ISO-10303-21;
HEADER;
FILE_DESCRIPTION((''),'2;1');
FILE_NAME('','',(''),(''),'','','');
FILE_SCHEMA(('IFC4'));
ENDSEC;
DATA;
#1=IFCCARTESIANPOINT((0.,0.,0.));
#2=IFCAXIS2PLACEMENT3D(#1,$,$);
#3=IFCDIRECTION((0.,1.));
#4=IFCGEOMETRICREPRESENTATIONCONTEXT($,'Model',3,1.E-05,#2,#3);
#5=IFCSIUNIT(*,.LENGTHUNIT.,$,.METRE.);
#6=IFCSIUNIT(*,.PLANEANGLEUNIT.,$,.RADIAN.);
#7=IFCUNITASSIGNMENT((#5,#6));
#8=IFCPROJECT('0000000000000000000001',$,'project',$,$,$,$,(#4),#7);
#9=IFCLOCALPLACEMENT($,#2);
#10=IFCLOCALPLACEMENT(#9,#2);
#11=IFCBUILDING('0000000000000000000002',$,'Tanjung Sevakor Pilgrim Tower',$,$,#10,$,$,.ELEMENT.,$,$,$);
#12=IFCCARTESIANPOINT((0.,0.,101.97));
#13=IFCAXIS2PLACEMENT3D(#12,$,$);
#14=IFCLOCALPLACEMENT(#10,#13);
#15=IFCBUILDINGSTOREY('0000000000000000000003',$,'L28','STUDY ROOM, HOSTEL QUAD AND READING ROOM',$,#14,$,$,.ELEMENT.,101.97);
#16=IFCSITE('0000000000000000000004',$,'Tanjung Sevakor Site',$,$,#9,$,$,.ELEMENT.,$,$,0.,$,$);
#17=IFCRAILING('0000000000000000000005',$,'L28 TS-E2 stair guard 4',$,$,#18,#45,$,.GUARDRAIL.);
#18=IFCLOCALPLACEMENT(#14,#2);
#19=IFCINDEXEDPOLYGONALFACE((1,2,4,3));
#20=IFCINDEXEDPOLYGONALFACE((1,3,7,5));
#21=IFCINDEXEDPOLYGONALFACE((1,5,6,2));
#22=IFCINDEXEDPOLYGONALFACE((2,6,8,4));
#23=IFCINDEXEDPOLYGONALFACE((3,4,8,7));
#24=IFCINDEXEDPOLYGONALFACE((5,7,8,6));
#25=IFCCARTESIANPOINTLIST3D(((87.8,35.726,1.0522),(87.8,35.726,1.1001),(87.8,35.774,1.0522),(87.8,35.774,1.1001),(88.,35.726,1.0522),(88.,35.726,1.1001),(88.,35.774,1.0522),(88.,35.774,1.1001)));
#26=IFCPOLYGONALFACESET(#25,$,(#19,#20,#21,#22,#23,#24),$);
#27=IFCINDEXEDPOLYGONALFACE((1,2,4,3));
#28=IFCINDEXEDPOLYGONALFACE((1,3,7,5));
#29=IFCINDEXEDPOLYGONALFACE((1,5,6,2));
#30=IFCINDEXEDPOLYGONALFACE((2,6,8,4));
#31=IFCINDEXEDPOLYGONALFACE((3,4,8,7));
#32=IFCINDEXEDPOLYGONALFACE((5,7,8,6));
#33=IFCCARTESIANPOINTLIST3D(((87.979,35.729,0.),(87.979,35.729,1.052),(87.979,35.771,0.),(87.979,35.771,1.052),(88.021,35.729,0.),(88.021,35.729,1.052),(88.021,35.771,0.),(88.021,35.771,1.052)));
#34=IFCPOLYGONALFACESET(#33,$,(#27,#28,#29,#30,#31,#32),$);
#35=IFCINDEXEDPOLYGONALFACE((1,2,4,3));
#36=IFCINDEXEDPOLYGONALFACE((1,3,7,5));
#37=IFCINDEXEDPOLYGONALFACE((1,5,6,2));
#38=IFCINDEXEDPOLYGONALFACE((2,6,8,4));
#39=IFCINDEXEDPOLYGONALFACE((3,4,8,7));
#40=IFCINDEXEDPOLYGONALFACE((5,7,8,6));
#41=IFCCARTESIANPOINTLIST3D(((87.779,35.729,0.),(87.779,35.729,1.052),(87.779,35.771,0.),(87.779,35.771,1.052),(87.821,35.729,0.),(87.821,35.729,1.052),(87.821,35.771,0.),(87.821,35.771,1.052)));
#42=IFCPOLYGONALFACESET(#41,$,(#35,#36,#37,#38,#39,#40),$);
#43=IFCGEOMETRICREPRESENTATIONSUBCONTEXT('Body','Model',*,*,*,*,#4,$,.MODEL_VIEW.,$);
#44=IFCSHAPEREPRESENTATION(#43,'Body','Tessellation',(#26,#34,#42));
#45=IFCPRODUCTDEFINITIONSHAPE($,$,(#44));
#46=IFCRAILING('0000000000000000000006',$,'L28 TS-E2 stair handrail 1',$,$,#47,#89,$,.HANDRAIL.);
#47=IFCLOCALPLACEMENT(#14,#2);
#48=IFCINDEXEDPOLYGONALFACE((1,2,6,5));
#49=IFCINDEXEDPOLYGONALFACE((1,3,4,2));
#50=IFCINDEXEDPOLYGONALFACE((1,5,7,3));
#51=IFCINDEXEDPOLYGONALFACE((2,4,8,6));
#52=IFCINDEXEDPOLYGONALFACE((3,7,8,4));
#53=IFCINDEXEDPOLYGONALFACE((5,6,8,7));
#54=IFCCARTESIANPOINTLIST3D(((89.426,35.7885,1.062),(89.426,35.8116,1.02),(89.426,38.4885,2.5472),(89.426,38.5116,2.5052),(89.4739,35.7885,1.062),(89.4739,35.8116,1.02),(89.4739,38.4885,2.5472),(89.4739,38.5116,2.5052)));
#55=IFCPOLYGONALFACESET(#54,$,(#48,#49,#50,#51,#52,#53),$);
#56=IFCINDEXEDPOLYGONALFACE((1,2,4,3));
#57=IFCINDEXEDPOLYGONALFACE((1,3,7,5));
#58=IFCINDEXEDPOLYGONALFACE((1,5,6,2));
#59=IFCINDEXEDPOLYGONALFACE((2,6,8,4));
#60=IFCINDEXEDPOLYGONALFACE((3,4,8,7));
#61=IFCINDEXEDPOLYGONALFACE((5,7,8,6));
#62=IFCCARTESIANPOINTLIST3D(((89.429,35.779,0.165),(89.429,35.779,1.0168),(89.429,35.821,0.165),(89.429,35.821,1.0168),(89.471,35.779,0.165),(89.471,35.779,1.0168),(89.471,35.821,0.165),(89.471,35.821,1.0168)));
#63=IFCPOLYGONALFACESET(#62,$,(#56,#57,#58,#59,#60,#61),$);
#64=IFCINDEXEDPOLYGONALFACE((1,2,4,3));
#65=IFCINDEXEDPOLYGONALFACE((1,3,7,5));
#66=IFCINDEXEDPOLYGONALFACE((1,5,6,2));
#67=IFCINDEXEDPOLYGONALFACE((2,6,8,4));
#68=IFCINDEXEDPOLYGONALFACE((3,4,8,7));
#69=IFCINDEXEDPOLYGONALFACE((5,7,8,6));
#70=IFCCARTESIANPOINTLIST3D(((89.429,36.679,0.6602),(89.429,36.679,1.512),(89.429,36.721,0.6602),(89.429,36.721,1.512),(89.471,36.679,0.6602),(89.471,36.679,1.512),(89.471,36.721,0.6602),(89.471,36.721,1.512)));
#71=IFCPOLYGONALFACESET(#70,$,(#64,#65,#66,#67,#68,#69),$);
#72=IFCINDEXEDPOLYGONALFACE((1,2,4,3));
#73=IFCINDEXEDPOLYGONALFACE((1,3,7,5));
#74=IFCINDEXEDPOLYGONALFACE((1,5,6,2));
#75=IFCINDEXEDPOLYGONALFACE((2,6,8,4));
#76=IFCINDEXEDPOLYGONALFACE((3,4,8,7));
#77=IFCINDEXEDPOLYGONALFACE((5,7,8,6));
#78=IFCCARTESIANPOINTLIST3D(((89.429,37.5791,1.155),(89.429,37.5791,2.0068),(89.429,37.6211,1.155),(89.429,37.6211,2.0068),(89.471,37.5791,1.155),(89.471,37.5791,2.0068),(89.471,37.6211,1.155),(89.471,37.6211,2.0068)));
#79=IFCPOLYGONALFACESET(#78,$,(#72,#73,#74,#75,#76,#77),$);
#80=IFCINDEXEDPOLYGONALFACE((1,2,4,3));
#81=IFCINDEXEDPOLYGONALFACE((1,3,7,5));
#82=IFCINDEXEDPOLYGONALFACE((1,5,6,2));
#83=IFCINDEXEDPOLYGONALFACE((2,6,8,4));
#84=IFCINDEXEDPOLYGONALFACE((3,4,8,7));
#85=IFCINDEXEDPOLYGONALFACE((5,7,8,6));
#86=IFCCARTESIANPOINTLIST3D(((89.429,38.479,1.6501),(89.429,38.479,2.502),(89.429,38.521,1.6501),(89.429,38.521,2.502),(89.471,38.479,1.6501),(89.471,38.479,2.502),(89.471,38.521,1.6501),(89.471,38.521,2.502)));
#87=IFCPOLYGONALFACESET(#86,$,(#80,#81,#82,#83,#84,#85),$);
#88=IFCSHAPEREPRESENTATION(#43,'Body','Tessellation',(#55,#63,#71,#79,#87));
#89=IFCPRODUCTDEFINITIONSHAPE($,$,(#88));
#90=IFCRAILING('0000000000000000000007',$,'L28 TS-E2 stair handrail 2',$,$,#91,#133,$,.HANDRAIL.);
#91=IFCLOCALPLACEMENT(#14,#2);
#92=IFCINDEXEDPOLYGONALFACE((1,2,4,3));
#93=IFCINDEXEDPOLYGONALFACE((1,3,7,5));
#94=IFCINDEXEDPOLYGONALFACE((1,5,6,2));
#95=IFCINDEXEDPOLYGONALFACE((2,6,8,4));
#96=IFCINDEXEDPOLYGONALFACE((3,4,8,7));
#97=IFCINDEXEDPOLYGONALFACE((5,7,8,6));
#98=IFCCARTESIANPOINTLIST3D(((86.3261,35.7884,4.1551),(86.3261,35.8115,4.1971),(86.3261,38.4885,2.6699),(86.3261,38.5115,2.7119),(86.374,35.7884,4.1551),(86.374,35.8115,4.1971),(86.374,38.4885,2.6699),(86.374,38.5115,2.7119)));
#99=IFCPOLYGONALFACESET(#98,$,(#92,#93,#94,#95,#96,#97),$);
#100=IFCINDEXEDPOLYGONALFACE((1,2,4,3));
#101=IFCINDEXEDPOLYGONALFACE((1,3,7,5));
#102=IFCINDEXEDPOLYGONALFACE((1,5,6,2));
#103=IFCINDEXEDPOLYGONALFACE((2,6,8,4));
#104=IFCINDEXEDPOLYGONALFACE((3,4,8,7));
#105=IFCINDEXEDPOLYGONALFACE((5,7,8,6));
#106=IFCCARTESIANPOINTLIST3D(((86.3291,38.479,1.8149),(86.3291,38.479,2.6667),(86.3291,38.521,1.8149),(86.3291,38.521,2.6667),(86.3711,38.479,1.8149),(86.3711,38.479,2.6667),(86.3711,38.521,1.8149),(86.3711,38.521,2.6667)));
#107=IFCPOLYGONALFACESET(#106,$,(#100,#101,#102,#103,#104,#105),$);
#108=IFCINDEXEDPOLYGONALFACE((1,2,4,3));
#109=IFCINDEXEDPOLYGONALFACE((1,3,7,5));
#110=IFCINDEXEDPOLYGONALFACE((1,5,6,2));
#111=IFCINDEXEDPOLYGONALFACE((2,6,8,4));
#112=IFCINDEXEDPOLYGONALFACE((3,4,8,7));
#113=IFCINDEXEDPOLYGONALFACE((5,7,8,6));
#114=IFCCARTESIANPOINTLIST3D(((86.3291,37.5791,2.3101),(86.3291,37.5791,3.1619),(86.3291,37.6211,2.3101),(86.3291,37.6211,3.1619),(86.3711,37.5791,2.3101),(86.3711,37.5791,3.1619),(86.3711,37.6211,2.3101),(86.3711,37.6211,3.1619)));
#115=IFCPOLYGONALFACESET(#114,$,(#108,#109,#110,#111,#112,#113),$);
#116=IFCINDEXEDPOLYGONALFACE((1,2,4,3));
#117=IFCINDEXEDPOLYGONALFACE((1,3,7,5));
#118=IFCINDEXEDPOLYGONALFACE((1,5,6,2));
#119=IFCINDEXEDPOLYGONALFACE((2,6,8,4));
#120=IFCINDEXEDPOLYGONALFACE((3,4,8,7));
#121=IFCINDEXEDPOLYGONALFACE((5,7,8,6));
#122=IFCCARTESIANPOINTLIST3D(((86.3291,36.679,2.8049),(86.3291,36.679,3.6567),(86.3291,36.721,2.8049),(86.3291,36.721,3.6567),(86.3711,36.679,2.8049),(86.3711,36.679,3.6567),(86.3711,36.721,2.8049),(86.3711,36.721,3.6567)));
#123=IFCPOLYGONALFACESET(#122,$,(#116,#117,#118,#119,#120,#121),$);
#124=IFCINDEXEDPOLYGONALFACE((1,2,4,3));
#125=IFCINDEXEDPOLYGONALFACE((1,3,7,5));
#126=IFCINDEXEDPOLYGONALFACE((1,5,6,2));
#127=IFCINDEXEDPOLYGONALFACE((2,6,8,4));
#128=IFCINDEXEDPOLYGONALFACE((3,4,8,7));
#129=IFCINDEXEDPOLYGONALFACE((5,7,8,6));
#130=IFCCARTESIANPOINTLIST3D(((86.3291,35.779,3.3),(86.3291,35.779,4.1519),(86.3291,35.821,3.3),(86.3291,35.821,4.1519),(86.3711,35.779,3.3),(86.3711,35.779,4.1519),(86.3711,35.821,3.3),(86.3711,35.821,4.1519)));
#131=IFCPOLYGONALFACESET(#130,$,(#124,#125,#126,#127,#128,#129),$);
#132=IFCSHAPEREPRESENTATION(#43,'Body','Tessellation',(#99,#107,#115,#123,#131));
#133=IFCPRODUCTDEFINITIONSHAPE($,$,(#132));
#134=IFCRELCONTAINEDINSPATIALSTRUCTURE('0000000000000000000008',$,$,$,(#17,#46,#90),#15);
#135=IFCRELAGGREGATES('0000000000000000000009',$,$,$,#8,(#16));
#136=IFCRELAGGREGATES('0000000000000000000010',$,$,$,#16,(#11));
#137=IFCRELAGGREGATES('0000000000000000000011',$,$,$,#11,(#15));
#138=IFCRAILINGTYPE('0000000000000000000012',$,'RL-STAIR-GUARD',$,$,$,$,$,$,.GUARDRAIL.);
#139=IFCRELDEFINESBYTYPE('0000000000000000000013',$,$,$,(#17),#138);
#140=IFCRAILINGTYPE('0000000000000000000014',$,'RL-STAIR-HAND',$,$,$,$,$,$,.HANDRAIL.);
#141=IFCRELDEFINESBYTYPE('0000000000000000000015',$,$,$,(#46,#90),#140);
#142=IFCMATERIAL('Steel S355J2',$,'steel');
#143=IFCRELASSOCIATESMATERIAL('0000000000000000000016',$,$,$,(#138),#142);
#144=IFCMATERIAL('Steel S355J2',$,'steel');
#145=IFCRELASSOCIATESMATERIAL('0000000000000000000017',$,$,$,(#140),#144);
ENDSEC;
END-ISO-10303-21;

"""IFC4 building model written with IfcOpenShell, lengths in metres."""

from ifc_helpers import new_model, si_unit, direction, frame, origin, place, context, subcontext, project, spatial, rectangle, extrude, material, type_object, element, save


model = new_model("IFC4")

# Units and contexts
model_context = context("Model", 3, precision=1e-05, world=origin(), true_north=direction((0.0, 1.0)))
body_context = subcontext(model_context, "Body", "Model", "MODEL_VIEW")
ifc_project = project(units=[si_unit("LENGTHUNIT", "METRE"), si_unit("PLANEANGLEUNIT", "RADIAN")], contexts=[model_context])

# Site, building, storey
site_placement = place(None, origin())
site = spatial("IfcSite", under=ifc_project, at=site_placement, Name="Tanjung Sevakor Site", CompositionType="ELEMENT", RefElevation=0.0)
building_placement = place(site_placement, origin())
building = spatial("IfcBuilding", under=site, at=building_placement, Name="Tanjung Sevakor Pilgrim Tower", CompositionType="ELEMENT")
storey_placement = place(building_placement, frame((0.0, 0.0, 101.97)))
storey = spatial("IfcBuildingStorey", under=building, at=storey_placement, Name="L28", Description="STUDY ROOM, HOSTEL QUAD AND READING ROOM", CompositionType="ELEMENT", Elevation=101.97)

# Railings
ifc_material_1 = material(Name="Steel S355J2", Category="steel")
railing_type_1 = type_object("IfcRailingType", Name="RL-STAIR-GUARD", PredefinedType="GUARDRAIL", material=ifc_material_1)
railing_1_placement = place(storey_placement, frame((88.0, 35.75, 0.0)))
element("IfcRailing", 1, at=railing_1_placement, inside=storey, type_object=railing_type_1, Name="L28 TS-E2 stair guard 4", PredefinedType="GUARDRAIL", context=body_context, shape_type="SweptSolid", body=[
    extrude(rectangle(XDim=0.0479, YDim=0.0479), frame((0.0, 0.0, 1.0762), z_axis=(-1.0, 0.0, 0.0), x_axis=(0.0, -1.0, 0.0)), (0.0, 0.0, 1.0), 0.2),
    extrude(rectangle(XDim=0.042, YDim=0.042), origin(), (0.0, 0.0, 1.0), 1.052),
    extrude(rectangle(XDim=0.042, YDim=0.042), frame((-0.2, 0.0, 0.0)), (0.0, 0.0, 1.0), 1.052),
])
ifc_material_2 = material(Name="Steel S355J2", Category="steel")
railing_type_2 = type_object("IfcRailingType", Name="RL-STAIR-HAND", PredefinedType="HANDRAIL", material=ifc_material_2)
railing_2_placement = place(storey_placement, frame((89.45, 35.8, 0.165)))
element("IfcRailing", 2, at=railing_2_placement, inside=storey, type_object=railing_type_2, Name="L28 TS-E2 stair handrail 1", PredefinedType="HANDRAIL", context=body_context, shape_type="SweptSolid", body=[
    extrude(rectangle(XDim=0.0479, YDim=0.0479), frame((0.0, 0.0, 0.876), z_axis=(0.0, 0.876198, 0.481952), x_axis=(-1.0, 0.0, 0.0)), (0.0, 0.0, 1.0), 3.0815),
    extrude(rectangle(XDim=0.042, YDim=0.042), origin(), (0.0, 0.0, 1.0), 0.8518),
    extrude(rectangle(XDim=0.042, YDim=0.042), frame((0.0, 0.8999, 0.4951)), (0.0, 0.0, 1.0), 0.8518),
    extrude(rectangle(XDim=0.042, YDim=0.042), frame((0.0, 1.8, 0.99)), (0.0, 0.0, 1.0), 0.8518),
    extrude(rectangle(XDim=0.042, YDim=0.042), frame((0.0, 2.7, 1.4851)), (0.0, 0.0, 1.0), 0.8518),
])
railing_3_placement = place(storey_placement, frame((86.3501, 38.5, 1.8149)))
element("IfcRailing", 3, at=railing_3_placement, inside=storey, type_object=railing_type_2, Name="L28 TS-E2 stair handrail 2", PredefinedType="HANDRAIL", context=body_context, shape_type="SweptSolid", body=[
    extrude(rectangle(XDim=0.0479, YDim=0.0479), frame((0.0, 0.0, 0.876), z_axis=(0.0, -0.876198, 0.481952), x_axis=(1.0, 0.0, 0.0)), (0.0, 0.0, 1.0), 3.0815),
    extrude(rectangle(XDim=0.042, YDim=0.042), origin(), (0.0, 0.0, 1.0), 0.8518),
    extrude(rectangle(XDim=0.042, YDim=0.042), frame((0.0, -0.8999, 0.4951)), (0.0, 0.0, 1.0), 0.8518),
    extrude(rectangle(XDim=0.042, YDim=0.042), frame((0.0, -1.8, 0.99)), (0.0, 0.0, 1.0), 0.8518),
    extrude(rectangle(XDim=0.042, YDim=0.042), frame((0.0, -2.7, 1.4851)), (0.0, 0.0, 1.0), 0.8518),
])

save(model, "model.ifc")
